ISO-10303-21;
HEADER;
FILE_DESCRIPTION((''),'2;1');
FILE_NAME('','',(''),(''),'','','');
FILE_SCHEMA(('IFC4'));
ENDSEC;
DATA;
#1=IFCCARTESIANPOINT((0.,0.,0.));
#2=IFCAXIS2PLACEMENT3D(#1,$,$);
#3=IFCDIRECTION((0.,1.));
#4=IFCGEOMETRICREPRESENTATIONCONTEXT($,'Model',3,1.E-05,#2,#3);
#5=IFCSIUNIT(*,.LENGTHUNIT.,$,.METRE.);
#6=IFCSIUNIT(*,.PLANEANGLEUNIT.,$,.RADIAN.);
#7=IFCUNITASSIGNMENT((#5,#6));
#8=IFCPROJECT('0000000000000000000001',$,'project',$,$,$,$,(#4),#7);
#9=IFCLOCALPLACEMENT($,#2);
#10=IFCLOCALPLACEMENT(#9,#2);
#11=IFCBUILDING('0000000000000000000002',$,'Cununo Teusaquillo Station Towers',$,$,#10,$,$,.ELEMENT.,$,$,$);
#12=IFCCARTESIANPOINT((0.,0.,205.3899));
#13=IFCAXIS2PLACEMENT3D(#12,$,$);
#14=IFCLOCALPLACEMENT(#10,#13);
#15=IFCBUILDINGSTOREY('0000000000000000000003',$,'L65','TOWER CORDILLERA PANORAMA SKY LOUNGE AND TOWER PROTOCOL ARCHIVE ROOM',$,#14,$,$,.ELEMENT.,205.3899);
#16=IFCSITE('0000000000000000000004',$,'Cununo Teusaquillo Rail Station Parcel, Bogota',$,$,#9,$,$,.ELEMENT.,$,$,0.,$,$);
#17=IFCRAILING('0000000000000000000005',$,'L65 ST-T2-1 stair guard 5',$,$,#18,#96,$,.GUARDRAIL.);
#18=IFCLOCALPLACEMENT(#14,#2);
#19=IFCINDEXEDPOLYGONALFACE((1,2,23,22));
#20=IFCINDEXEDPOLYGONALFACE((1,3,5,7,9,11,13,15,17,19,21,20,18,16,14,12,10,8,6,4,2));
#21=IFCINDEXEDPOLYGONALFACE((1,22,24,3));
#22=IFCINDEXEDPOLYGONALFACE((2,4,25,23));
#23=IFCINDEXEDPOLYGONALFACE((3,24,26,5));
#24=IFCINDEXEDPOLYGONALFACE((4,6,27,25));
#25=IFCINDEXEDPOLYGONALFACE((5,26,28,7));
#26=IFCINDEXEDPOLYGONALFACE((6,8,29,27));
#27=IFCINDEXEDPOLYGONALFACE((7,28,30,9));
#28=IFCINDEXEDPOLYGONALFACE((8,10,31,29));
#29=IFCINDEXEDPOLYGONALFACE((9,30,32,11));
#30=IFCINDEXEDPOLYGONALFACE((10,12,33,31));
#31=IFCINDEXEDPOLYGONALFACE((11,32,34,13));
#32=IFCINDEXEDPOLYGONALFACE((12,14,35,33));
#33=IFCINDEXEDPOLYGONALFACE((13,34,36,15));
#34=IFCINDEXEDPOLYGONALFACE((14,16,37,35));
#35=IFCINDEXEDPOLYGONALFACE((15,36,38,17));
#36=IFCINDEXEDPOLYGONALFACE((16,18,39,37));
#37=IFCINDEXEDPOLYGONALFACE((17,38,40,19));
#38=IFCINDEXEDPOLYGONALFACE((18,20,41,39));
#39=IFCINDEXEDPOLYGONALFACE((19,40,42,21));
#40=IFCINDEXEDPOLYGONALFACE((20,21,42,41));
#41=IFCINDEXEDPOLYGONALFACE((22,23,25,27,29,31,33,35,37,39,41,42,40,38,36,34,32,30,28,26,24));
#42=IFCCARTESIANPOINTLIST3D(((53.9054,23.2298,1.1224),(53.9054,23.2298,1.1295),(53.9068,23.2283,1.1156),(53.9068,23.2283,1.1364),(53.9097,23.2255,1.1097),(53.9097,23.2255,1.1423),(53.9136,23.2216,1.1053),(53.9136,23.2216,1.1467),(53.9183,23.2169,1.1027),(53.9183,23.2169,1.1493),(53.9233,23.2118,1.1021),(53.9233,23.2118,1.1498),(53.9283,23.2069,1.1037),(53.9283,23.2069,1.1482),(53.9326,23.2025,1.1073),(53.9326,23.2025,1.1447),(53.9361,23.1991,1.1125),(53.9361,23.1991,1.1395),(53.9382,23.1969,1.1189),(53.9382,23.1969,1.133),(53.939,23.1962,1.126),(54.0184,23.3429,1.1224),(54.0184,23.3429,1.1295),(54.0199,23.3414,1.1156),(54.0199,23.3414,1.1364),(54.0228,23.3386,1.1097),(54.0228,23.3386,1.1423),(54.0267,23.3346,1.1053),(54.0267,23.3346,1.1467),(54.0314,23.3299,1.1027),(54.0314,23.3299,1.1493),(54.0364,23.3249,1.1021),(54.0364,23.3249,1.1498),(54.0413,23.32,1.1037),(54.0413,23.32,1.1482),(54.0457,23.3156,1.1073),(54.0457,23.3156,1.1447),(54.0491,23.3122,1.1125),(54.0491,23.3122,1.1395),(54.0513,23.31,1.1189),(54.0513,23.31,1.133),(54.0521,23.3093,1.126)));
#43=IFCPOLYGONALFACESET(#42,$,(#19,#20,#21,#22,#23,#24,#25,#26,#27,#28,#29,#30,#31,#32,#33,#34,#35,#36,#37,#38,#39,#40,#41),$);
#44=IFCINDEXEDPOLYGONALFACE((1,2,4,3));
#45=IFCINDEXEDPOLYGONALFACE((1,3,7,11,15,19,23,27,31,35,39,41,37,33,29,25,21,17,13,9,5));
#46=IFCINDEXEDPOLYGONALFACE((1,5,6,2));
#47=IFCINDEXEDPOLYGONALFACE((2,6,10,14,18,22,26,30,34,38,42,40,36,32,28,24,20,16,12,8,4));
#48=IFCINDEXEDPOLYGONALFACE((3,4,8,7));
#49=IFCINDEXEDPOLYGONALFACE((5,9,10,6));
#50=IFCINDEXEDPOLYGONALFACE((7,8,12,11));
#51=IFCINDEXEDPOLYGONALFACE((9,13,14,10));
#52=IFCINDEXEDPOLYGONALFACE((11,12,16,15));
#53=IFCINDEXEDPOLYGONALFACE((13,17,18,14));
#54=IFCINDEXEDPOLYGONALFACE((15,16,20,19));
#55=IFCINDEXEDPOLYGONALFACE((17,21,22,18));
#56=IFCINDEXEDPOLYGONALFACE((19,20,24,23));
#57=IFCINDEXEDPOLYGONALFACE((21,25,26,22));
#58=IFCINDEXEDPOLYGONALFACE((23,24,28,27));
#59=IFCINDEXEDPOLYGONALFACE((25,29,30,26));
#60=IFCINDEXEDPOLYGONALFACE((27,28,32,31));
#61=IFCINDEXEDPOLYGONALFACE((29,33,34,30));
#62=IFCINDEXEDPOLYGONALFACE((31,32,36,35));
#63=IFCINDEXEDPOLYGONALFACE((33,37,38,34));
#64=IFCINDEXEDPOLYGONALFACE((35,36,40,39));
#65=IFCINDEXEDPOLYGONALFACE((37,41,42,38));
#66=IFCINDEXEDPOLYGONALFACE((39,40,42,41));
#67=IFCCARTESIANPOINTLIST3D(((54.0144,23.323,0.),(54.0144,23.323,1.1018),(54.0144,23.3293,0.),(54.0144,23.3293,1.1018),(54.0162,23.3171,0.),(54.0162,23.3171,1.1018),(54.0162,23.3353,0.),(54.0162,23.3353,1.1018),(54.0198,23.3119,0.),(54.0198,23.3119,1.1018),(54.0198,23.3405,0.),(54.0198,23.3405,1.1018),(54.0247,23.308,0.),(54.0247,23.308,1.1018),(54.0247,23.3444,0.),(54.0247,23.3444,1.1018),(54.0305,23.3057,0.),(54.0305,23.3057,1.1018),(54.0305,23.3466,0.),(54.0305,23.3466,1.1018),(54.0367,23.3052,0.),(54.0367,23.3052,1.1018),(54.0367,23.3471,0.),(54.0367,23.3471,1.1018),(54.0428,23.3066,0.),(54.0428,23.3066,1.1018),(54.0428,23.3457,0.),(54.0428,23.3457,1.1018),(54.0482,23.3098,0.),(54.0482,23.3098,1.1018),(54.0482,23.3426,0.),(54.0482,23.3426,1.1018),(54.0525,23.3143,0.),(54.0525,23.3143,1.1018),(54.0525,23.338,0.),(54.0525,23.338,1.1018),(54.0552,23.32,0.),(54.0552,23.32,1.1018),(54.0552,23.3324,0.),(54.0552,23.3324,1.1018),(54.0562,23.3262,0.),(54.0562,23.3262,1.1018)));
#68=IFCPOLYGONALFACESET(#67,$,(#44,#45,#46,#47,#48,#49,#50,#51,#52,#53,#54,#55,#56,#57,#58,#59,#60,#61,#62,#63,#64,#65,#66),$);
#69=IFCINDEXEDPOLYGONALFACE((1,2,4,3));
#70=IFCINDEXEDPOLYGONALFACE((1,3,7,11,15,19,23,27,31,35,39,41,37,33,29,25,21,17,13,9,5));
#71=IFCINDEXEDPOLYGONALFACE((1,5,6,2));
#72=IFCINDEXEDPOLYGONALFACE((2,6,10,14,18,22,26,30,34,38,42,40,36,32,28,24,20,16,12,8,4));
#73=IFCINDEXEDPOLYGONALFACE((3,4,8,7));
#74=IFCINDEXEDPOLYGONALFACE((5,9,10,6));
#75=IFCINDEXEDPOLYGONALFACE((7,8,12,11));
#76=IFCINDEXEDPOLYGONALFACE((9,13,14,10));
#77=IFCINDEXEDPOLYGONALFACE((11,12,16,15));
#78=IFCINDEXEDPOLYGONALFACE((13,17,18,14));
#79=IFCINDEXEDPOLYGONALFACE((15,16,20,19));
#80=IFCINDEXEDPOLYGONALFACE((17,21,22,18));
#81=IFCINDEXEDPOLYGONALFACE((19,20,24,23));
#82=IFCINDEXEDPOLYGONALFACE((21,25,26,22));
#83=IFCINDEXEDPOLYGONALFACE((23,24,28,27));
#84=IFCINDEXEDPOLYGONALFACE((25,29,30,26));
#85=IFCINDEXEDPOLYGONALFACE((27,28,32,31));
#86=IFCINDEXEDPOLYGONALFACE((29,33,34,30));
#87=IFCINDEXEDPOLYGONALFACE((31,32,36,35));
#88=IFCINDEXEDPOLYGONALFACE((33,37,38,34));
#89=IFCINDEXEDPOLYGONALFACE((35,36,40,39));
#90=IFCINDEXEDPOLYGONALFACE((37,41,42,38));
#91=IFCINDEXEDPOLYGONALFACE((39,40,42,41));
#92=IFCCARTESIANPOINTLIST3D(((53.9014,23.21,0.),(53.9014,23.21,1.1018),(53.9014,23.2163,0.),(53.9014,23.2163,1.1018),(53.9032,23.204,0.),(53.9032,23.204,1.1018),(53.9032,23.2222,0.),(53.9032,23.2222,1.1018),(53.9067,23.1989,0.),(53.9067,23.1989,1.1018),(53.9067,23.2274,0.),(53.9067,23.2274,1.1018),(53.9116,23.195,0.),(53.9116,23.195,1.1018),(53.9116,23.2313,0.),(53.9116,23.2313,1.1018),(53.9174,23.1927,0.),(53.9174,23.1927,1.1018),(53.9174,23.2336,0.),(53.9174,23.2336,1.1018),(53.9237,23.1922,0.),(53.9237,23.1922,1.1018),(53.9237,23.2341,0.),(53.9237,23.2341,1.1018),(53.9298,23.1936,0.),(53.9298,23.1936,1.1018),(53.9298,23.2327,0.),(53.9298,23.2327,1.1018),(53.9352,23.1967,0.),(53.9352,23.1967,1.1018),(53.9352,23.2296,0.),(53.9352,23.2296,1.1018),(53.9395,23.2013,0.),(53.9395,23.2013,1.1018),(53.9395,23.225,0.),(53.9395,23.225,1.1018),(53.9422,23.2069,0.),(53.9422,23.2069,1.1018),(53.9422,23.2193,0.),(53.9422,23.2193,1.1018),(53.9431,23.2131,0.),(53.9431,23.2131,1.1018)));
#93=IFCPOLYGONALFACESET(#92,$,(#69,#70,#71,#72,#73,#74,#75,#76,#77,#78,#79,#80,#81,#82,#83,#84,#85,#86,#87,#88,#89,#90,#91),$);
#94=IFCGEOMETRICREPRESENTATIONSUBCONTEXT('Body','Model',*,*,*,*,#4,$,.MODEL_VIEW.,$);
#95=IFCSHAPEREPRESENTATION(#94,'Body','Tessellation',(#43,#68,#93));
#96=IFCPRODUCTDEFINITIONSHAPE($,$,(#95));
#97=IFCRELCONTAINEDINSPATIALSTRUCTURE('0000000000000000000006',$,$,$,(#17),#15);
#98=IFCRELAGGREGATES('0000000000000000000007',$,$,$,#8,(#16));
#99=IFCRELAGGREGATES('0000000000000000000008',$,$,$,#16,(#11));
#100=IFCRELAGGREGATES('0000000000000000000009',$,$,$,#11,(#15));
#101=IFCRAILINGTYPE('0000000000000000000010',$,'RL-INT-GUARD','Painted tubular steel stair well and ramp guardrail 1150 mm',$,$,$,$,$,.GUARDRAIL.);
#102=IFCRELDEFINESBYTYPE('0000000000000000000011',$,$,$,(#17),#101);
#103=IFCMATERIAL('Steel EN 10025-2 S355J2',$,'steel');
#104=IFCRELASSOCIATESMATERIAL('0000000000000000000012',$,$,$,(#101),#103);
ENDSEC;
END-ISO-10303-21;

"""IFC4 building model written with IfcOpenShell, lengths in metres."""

from ifc_helpers import new_model, si_unit, direction, frame, origin, origin_2d, place, context, subcontext, project, spatial, circle, extrude, material, type_object, element, save


model = new_model("IFC4")

# Units and contexts
model_context = context("Model", 3, precision=1e-05, world=origin(), true_north=direction((0.0, 1.0)))
body_context = subcontext(model_context, "Body", "Model", "MODEL_VIEW")
ifc_project = project(units=[si_unit("LENGTHUNIT", "METRE"), si_unit("PLANEANGLEUNIT", "RADIAN")], contexts=[model_context])

# Site, building, storey
site_placement = place(None, origin())
site = spatial("IfcSite", under=ifc_project, at=site_placement, Name="Cununo Teusaquillo Rail Station Parcel, Bogota", CompositionType="ELEMENT", RefElevation=0.0)
building_placement = place(site_placement, origin())
building = spatial("IfcBuilding", under=site, at=building_placement, Name="Cununo Teusaquillo Station Towers", CompositionType="ELEMENT")
storey_placement = place(building_placement, frame((0.0, 0.0, 205.3899)))
storey = spatial("IfcBuildingStorey", under=building, at=storey_placement, Name="L65", Description="TOWER CORDILLERA PANORAMA SKY LOUNGE AND TOWER PROTOCOL ARCHIVE ROOM", CompositionType="ELEMENT", Elevation=205.3899)

# Railing
ifc_material_1 = material(Name="Steel EN 10025-2 S355J2", Category="steel")
railing_type_1 = type_object("IfcRailingType", Name="RL-INT-GUARD", Description="Painted tubular steel stair well and ramp guardrail 1150 mm", PredefinedType="GUARDRAIL", material=ifc_material_1)
railing_1_placement = place(storey_placement, frame((54.0352, 23.3262, 0.0)))
element("IfcRailing", 1, at=railing_1_placement, inside=storey, type_object=railing_type_1, Name="L65 ST-T2-1 stair guard 5", PredefinedType="GUARDRAIL", context=body_context, shape_type="SweptSolid", body=[
    extrude(circle(Radius=0.0239, at=origin_2d()), frame((0.0, 0.0, 1.126), z_axis=(-0.707107, -0.707107, 0.0), x_axis=(0.707107, -0.707107, 0.0)), (0.0, 0.0, 1.0), 0.1599),
    extrude(circle(Radius=0.021, at=origin_2d()), origin(), (0.0, 0.0, 1.0), 1.1018),
    extrude(circle(Radius=0.021, at=origin_2d()), frame((-0.113, -0.113, 0.0)), (0.0, 0.0, 1.0), 1.1018),
])

save(model, "model.ifc")
